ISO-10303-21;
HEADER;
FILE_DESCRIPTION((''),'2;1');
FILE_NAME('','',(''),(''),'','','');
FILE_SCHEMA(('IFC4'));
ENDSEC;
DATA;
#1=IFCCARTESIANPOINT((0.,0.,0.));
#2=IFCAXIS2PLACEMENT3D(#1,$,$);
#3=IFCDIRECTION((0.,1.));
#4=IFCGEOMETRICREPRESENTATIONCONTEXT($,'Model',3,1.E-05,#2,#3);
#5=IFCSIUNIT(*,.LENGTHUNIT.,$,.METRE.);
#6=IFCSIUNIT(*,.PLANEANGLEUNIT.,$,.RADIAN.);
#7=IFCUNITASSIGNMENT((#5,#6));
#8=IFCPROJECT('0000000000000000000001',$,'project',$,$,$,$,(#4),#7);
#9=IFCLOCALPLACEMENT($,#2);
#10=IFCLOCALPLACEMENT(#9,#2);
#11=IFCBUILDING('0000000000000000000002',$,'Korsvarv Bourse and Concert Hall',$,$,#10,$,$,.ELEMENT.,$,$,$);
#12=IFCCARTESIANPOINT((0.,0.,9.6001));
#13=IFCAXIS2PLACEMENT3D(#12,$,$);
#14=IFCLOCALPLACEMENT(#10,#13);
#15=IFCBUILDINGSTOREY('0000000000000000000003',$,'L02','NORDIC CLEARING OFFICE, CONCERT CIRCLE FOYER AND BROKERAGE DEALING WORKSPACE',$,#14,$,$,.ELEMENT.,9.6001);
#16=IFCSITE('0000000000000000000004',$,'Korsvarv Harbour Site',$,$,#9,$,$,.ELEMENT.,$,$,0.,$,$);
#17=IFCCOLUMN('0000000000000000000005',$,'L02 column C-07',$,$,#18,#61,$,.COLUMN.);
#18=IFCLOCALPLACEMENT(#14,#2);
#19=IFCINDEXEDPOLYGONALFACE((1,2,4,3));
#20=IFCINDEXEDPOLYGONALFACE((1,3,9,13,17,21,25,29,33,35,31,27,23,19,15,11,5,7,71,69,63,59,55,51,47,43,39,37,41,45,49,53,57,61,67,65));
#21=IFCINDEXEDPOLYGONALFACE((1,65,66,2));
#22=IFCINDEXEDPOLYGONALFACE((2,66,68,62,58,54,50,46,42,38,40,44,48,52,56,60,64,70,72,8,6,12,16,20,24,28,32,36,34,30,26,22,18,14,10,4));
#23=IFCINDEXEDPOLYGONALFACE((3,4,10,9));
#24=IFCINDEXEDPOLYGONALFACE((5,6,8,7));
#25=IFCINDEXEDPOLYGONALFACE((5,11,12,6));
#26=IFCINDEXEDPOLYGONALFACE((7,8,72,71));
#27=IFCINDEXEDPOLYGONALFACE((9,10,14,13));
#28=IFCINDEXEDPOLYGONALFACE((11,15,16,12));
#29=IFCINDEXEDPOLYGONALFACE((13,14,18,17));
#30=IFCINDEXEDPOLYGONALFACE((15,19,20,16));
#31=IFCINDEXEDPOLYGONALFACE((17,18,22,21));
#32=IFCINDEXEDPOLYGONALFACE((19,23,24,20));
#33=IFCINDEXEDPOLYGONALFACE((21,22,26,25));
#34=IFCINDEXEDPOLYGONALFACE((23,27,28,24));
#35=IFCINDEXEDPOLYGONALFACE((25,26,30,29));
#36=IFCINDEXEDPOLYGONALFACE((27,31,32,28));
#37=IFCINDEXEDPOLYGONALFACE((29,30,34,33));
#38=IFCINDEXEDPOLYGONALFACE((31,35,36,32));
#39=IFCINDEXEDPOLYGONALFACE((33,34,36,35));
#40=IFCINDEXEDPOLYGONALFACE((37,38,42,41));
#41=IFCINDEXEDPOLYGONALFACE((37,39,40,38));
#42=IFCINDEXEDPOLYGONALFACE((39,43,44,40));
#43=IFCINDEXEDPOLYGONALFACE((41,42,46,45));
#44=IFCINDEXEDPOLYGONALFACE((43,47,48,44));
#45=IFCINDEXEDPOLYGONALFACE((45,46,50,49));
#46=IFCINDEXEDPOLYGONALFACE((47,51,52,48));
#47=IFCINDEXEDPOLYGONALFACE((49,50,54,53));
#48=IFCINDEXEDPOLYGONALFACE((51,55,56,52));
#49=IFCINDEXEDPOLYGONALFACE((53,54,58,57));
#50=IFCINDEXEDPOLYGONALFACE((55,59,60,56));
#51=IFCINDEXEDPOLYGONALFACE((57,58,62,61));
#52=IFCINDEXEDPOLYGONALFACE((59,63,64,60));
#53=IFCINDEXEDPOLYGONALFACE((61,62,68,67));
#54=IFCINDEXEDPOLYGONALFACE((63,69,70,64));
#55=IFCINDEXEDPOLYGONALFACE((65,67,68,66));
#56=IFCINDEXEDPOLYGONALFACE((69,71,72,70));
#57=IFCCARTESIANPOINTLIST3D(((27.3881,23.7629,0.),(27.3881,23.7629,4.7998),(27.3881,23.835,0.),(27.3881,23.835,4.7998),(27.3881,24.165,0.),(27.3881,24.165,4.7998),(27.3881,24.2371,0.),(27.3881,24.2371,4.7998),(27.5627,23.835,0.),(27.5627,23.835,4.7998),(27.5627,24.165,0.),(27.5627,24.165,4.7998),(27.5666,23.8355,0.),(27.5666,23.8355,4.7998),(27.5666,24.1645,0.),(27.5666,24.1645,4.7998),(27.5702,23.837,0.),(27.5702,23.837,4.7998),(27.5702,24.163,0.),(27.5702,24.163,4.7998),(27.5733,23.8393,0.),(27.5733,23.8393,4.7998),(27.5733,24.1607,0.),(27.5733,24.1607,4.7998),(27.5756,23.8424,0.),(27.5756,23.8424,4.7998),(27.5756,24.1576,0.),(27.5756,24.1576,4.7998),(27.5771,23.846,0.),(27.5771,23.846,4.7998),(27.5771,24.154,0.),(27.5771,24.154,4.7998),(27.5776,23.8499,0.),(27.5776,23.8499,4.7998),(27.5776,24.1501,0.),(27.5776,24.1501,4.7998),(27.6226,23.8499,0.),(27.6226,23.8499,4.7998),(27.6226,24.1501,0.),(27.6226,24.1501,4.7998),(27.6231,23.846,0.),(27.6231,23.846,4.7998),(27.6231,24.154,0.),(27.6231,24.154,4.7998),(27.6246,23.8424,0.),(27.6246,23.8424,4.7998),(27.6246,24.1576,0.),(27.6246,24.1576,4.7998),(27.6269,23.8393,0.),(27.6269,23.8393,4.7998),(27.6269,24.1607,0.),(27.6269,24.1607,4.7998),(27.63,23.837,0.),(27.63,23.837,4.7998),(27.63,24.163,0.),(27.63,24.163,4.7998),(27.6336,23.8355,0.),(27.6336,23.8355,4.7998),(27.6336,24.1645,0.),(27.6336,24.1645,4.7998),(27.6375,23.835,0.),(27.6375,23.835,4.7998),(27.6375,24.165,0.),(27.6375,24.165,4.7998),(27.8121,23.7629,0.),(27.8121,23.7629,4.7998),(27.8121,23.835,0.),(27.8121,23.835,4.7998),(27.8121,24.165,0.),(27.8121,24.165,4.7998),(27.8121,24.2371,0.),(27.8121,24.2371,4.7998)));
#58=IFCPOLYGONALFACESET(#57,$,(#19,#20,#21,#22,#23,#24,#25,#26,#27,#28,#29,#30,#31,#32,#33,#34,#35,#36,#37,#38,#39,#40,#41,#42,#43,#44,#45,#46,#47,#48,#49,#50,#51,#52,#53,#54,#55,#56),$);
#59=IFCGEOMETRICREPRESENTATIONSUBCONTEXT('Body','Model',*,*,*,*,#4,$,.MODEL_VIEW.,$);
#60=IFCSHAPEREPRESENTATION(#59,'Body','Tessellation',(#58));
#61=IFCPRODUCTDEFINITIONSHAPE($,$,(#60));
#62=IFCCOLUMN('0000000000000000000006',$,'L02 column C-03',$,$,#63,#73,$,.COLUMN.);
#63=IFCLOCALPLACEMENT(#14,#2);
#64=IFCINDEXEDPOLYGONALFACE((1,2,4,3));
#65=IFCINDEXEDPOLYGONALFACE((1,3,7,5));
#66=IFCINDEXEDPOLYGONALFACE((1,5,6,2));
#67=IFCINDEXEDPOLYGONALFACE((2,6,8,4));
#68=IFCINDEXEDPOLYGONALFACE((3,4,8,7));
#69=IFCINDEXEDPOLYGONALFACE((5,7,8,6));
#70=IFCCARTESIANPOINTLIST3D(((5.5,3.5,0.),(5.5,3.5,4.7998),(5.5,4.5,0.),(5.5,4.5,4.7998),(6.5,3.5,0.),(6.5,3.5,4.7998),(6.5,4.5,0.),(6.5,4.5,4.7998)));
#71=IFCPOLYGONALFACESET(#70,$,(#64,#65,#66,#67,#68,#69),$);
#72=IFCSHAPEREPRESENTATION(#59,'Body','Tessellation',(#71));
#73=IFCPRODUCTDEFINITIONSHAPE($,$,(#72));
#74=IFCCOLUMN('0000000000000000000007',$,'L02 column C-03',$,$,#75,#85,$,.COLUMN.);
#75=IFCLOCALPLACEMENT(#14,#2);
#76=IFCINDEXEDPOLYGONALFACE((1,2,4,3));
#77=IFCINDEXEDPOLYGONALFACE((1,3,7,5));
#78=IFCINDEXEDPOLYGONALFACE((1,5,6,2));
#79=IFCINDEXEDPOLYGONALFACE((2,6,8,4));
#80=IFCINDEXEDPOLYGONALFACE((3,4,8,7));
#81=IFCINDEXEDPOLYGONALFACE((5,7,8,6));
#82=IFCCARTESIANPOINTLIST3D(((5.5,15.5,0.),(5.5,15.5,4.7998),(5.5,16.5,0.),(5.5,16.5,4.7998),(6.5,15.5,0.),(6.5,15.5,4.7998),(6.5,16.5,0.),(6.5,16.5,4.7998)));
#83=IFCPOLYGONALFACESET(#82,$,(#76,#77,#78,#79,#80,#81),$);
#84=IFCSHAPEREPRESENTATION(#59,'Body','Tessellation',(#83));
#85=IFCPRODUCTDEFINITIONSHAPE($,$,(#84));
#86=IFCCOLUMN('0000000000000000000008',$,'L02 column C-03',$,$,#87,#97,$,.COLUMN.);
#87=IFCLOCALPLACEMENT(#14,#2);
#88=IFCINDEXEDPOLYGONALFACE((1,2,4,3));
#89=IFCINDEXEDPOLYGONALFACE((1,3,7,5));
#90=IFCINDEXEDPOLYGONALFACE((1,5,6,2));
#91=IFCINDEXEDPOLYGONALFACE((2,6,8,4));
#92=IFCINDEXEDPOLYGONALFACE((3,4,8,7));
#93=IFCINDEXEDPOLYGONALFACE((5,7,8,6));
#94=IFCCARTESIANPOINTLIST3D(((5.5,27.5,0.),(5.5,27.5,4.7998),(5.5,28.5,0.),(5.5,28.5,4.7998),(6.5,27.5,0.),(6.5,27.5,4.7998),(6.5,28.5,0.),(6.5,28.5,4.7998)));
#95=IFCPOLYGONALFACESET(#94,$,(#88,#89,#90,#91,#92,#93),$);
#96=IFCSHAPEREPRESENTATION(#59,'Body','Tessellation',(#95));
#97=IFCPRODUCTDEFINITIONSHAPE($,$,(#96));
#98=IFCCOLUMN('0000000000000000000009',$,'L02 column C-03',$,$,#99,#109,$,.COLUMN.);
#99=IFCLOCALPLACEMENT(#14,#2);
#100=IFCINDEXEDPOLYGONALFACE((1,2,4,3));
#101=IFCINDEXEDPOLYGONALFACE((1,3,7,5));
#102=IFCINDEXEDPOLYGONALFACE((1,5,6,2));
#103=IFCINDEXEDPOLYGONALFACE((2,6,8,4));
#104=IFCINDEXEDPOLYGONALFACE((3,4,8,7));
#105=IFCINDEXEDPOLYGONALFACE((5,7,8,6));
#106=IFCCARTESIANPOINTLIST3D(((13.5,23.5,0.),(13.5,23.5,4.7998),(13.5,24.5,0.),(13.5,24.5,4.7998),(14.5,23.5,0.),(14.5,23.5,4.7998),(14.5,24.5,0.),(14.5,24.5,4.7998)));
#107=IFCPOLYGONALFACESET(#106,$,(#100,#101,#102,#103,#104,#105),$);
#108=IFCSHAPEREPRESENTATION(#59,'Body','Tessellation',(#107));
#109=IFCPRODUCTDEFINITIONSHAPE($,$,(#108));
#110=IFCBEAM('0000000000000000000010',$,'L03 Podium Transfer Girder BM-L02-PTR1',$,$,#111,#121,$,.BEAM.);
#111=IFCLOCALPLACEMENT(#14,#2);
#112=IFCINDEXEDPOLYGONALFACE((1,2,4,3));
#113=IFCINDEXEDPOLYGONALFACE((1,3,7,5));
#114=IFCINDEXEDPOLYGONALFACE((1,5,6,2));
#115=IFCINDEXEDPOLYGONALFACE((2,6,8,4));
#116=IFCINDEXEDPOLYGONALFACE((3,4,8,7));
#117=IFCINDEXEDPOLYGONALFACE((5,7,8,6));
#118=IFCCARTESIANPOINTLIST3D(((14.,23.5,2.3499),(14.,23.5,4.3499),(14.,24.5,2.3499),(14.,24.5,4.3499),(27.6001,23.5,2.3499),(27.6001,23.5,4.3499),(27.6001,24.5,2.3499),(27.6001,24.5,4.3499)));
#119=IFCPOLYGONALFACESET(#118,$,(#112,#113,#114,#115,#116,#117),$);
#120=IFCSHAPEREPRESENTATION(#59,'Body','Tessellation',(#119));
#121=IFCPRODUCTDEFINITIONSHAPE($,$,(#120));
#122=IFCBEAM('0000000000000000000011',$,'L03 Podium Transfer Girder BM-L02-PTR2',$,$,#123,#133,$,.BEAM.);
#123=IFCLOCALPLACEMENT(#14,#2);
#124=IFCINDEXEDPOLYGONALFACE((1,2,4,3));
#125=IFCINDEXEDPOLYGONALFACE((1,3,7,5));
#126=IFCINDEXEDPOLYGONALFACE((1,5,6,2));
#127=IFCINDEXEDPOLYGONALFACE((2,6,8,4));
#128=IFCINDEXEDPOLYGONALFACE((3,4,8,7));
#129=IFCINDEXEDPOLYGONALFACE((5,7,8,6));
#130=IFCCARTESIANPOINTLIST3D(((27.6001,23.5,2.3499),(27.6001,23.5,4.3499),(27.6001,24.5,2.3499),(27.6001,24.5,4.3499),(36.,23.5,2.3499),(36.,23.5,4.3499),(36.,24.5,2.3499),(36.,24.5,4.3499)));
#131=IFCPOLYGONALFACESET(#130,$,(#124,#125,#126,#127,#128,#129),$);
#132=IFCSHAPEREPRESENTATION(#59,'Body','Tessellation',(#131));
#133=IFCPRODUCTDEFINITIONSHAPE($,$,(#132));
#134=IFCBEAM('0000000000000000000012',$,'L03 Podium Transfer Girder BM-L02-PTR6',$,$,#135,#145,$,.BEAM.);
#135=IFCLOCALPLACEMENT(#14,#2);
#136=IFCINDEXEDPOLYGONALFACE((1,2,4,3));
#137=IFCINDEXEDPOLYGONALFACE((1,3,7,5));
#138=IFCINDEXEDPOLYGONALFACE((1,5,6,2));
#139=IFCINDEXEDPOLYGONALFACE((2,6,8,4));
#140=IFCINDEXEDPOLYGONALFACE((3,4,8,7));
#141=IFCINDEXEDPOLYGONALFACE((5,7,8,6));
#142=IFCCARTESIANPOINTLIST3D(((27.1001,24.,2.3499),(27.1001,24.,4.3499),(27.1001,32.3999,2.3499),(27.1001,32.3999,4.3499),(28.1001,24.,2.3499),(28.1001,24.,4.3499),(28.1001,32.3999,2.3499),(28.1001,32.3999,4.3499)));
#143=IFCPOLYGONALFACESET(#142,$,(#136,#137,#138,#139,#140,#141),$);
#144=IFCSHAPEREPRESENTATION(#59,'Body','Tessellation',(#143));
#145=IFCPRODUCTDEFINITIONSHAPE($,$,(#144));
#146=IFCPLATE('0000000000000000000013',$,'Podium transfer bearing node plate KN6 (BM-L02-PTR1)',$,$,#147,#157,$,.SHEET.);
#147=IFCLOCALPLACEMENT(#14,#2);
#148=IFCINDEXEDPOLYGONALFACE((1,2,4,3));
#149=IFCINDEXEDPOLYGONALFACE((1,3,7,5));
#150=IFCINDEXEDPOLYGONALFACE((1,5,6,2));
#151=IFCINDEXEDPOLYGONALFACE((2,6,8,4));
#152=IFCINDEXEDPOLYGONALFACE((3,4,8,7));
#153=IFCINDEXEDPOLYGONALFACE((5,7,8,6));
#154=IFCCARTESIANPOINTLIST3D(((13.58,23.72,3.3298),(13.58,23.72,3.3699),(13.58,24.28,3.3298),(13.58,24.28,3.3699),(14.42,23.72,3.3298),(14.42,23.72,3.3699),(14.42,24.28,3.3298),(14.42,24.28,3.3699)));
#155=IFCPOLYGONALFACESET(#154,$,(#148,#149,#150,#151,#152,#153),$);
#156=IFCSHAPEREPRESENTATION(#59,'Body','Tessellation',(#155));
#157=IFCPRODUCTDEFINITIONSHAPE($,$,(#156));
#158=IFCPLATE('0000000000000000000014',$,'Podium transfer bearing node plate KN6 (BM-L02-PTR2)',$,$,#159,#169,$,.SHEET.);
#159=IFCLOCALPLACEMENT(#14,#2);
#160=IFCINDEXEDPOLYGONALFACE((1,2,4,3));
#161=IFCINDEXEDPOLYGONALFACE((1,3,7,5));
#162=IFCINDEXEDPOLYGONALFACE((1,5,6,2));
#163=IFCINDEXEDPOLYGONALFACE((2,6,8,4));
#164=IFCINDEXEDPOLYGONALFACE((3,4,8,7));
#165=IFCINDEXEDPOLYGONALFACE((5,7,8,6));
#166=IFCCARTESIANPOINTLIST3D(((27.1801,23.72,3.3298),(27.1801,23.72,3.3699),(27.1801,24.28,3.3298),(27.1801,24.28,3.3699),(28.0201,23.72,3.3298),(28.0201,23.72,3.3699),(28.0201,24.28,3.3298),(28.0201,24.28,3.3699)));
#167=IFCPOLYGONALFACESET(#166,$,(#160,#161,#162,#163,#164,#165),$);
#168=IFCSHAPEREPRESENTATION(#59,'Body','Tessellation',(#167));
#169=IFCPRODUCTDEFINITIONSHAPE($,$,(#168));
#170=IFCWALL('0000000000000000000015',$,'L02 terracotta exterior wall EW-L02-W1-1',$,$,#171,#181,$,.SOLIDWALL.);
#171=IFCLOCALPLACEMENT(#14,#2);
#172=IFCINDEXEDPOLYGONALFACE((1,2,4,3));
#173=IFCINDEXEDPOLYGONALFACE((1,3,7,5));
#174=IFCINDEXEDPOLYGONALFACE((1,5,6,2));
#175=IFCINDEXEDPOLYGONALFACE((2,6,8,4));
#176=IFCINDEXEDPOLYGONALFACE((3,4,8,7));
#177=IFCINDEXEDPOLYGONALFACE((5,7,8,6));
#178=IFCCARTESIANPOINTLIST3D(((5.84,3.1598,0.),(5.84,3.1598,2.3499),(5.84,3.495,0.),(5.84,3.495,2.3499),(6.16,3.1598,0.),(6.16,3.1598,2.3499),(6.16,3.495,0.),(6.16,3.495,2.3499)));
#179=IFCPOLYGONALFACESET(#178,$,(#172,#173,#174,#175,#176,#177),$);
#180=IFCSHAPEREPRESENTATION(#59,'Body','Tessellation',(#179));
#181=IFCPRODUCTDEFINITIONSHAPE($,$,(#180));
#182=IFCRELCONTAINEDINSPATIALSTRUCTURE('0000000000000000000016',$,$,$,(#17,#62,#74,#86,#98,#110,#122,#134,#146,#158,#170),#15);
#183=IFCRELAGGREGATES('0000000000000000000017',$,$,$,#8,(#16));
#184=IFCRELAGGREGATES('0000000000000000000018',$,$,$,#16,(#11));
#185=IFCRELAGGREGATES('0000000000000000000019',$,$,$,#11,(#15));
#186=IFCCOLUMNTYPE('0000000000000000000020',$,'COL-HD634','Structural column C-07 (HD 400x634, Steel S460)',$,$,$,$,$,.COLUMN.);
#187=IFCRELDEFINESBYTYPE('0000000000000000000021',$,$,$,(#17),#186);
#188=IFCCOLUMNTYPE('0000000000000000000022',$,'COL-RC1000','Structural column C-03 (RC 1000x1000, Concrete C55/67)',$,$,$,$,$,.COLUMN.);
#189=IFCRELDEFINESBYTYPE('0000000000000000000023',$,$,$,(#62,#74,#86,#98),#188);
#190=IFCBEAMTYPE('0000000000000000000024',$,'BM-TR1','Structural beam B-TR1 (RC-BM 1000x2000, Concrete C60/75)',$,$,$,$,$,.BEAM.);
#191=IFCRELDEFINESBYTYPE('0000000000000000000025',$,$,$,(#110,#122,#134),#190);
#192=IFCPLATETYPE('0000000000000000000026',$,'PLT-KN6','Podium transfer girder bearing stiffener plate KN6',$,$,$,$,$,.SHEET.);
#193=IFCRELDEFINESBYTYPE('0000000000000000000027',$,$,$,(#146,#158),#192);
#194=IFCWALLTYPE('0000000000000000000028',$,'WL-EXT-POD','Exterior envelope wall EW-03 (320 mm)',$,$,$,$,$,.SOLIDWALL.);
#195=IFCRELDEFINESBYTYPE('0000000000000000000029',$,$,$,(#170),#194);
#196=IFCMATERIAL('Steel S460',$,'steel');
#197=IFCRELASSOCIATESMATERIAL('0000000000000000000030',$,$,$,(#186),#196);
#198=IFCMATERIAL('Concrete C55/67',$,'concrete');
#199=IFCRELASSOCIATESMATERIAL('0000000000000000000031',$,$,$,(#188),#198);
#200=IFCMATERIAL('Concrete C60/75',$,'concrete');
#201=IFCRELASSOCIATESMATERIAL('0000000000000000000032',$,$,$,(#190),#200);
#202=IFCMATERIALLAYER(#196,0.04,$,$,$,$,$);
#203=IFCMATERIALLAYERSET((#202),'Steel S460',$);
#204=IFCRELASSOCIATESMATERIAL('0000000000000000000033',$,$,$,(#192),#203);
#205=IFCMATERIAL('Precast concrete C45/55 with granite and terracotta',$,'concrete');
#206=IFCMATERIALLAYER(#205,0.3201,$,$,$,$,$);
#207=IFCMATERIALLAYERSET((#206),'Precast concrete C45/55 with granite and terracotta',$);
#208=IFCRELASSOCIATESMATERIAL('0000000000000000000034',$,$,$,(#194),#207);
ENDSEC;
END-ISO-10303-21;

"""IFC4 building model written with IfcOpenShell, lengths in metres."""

from ifc_helpers import new_model, si_unit, direction, frame, frame_2d, origin, origin_2d, place, context, subcontext, project, spatial, rectangle, i_section, extrude, source, transform, mapped, material, layer, layer_set, material_profile, profile_set, type_object, element, save


model = new_model("IFC4")

# Units and contexts
model_context = context("Model", 3, precision=1e-05, world=origin(), true_north=direction((0.0, 1.0)))
body_context = subcontext(model_context, "Body", "Model", "MODEL_VIEW")
ifc_project = project(units=[si_unit("LENGTHUNIT", "METRE"), si_unit("PLANEANGLEUNIT", "RADIAN")], contexts=[model_context])

# Site, building, storey
site_placement = place(None, origin())
site = spatial("IfcSite", under=ifc_project, at=site_placement, Name="Korsvarv Harbour Site", CompositionType="ELEMENT", RefElevation=0.0)
building_placement = place(site_placement, origin())
building = spatial("IfcBuilding", under=site, at=building_placement, Name="Korsvarv Bourse and Concert Hall", CompositionType="ELEMENT")
storey_placement = place(building_placement, frame((0.0, 0.0, 9.6001)))
storey = spatial("IfcBuildingStorey", under=building, at=storey_placement, Name="L02", Description="NORDIC CLEARING OFFICE, CONCERT CIRCLE FOYER AND BROKERAGE DEALING WORKSPACE", CompositionType="ELEMENT", Elevation=9.6001)

# Columns
ifc_material_1 = material(Name="Steel S460", Category="steel")
ifc_material_profile_1 = material_profile(ifc_material_1, i_section(OverallWidth=0.4241, OverallDepth=0.4741, WebThickness=0.0449, FlangeThickness=0.072, FilletRadius=0.0149, at=origin_2d()), Name="HD 400x634")
ifc_profile_set_1 = profile_set([ifc_material_profile_1], Name="Steel S460")
column_type_1 = type_object("IfcColumnType", Name="COL-HD634", Description="Structural column C-07 (HD 400x634, Steel S460)", PredefinedType="COLUMN", material=ifc_profile_set_1)
shared_shape_1 = source(origin(), body_context, "Body", "SweptSolid", [
    extrude(i_section(OverallWidth=0.4241, OverallDepth=0.4741, WebThickness=0.0449, FlangeThickness=0.072, FilletRadius=0.0149, at=origin_2d()), origin(), (0.0, 0.0, 1.0), 4.7998),
])
column_placement = place(storey_placement, frame((27.6001, 24.0, 0.0), z_axis=(0.0, 0.0, 1.0), x_axis=(1.0, 0.0, 0.0)))
element("IfcColumn", 1, at=column_placement, inside=storey, type_object=column_type_1, Name="L02 column C-07", PredefinedType="COLUMN", context=body_context, shape_type="MappedRepresentation", body=[
    mapped(shared_shape_1, transform((0.0, 0.0, 0.0), scale=1.0)),
])
ifc_material_2 = material(Name="Concrete C55/67", Category="concrete")
ifc_material_profile_2 = material_profile(ifc_material_2, rectangle(XDim=1.0, YDim=1.0, at=origin_2d()), Name="RC 1000x1000")
ifc_profile_set_2 = profile_set([ifc_material_profile_2], Name="Concrete C55/67")
column_type_2 = type_object("IfcColumnType", Name="COL-RC1000", Description="Structural column C-03 (RC 1000x1000, Concrete C55/67)", PredefinedType="COLUMN", material=ifc_profile_set_2)
shared_shape_2 = source(origin(), body_context, "Body", "SweptSolid", [
    extrude(rectangle(XDim=1.0, YDim=1.0, at=origin_2d()), origin(), (0.0, 0.0, 1.0), 4.7998),
])
for number, where, z_axis, x_axis, name in (
    (2, (6.0, 4.0, 0.0), (0.0, 0.0, 1.0), (1.0, 0.0, 0.0), "L02 column C-03"),
    (3, (6.0, 16.0, 0.0), (0.0, 0.0, 1.0), (1.0, 0.0, 0.0), "L02 column C-03"),
    (4, (6.0, 28.0, 0.0), (0.0, 0.0, 1.0), (1.0, 0.0, 0.0), "L02 column C-03"),
    (5, (14.0, 24.0, 0.0), (0.0, 0.0, 1.0), (1.0, 0.0, 0.0), "L02 column C-03"),
):
    element("IfcColumn", number, at=place(storey_placement, frame(where, z_axis=z_axis, x_axis=x_axis)), inside=storey, type_object=column_type_2, Name=name, PredefinedType="COLUMN", context=body_context, shape_type="MappedRepresentation", body=[
        mapped(shared_shape_2, transform((0.0, 0.0, 0.0), scale=1.0)),
    ])

# Beams
ifc_material_3 = material(Name="Concrete C60/75", Category="concrete")
ifc_material_profile_3 = material_profile(ifc_material_3, rectangle(XDim=1.0, YDim=2.0, at=origin_2d()), Name="RC-BM 1000x2000")
ifc_profile_set_3 = profile_set([ifc_material_profile_3], Name="Concrete C60/75")
beam_type = type_object("IfcBeamType", Name="BM-TR1", Description="Structural beam B-TR1 (RC-BM 1000x2000, Concrete C60/75)", PredefinedType="BEAM", material=ifc_profile_set_3)
shared_shape_3 = source(origin(), body_context, "Body", "SweptSolid", [
    extrude(rectangle(XDim=1.0, YDim=2.0, at=origin_2d()), origin(), (0.0, 0.0, 1.0), 13.6001),
])
beam_placement = place(storey_placement, frame((14.0, 24.0, 3.3499), z_axis=(1.0, 0.0, 0.0), x_axis=(0.0, 1.0, 0.0)))
element("IfcBeam", 6, at=beam_placement, inside=storey, type_object=beam_type, Name="L03 Podium Transfer Girder BM-L02-PTR1", PredefinedType="BEAM", context=body_context, shape_type="MappedRepresentation", body=[
    mapped(shared_shape_3, transform((0.0, 0.0, 0.0), scale=1.0)),
])
shared_shape_4 = source(origin(), body_context, "Body", "SweptSolid", [
    extrude(rectangle(XDim=1.0, YDim=2.0, at=origin_2d()), origin(), (0.0, 0.0, 1.0), 8.3999),
])
for number, where, z_axis, x_axis, name in (
    (7, (27.6001, 24.0, 3.3499), (1.0, 0.0, 0.0), (0.0, 1.0, 0.0), "L03 Podium Transfer Girder BM-L02-PTR2"),
    (8, (27.6001, 24.0, 3.3499), (0.0, 1.0, 0.0), (-1.0, 0.0, 0.0), "L03 Podium Transfer Girder BM-L02-PTR6"),
):
    element("IfcBeam", number, at=place(storey_placement, frame(where, z_axis=z_axis, x_axis=x_axis)), inside=storey, type_object=beam_type, Name=name, PredefinedType="BEAM", context=body_context, shape_type="MappedRepresentation", body=[
        mapped(shared_shape_4, transform((0.0, 0.0, 0.0), scale=1.0)),
    ])

# Plates
ifc_layer_1 = layer(ifc_material_1, 0.04)
ifc_layer_set_1 = layer_set([ifc_layer_1], Name="Steel S460")
plate_type = type_object("IfcPlateType", Name="PLT-KN6", Description="Podium transfer girder bearing stiffener plate KN6", PredefinedType="SHEET", material=ifc_layer_set_1)
shared_shape_5 = source(origin(), body_context, "Body", "SweptSolid", [
    extrude(rectangle(XDim=0.8401, YDim=0.5601, at=origin_2d()), origin(), (0.0, 0.0, 1.0), 0.04),
])
for number, where, z_axis, x_axis, name in (
    (9, (14.0, 24.0, 3.3298), (0.0, 0.0, 1.0), (1.0, 0.0, 0.0), "Podium transfer bearing node plate KN6 (BM-L02-PTR1)"),
    (10, (27.6001, 24.0, 3.3298), (0.0, 0.0, 1.0), (1.0, 0.0, 0.0), "Podium transfer bearing node plate KN6 (BM-L02-PTR2)"),
):
    element("IfcPlate", number, at=place(storey_placement, frame(where, z_axis=z_axis, x_axis=x_axis)), inside=storey, type_object=plate_type, Name=name, PredefinedType="SHEET", context=body_context, shape_type="MappedRepresentation", body=[
        mapped(shared_shape_5, transform((0.0, 0.0, 0.0), scale=1.0)),
    ])

# Wall
ifc_material_4 = material(Name="Precast concrete C45/55 with granite and terracotta", Category="concrete")
ifc_layer_2 = layer(ifc_material_4, 0.3201)
ifc_layer_set_2 = layer_set([ifc_layer_2], Name="Precast concrete C45/55 with granite and terracotta")
wall_type_1 = type_object("IfcWallType", Name="WL-EXT-POD", Description="Exterior envelope wall EW-03 (320 mm)", PredefinedType="SOLIDWALL", material=ifc_layer_set_2)
wall_1_placement = place(storey_placement, frame((6.0, 3.1599, 0.0), z_axis=(0.0, 0.0, 1.0), x_axis=(0.0, 1.0, 0.0)))
element("IfcWall", 11, at=wall_1_placement, inside=storey, type_object=wall_type_1, Name="L02 terracotta exterior wall EW-L02-W1-1", PredefinedType="SOLIDWALL", context=body_context, shape_type="SweptSolid", body=[
    extrude(rectangle(XDim=0.3352, YDim=0.3201, at=frame_2d((0.1675, 0.0))), origin(), (0.0, 0.0, 1.0), 2.3499),
])

save(model, "model.ifc")
